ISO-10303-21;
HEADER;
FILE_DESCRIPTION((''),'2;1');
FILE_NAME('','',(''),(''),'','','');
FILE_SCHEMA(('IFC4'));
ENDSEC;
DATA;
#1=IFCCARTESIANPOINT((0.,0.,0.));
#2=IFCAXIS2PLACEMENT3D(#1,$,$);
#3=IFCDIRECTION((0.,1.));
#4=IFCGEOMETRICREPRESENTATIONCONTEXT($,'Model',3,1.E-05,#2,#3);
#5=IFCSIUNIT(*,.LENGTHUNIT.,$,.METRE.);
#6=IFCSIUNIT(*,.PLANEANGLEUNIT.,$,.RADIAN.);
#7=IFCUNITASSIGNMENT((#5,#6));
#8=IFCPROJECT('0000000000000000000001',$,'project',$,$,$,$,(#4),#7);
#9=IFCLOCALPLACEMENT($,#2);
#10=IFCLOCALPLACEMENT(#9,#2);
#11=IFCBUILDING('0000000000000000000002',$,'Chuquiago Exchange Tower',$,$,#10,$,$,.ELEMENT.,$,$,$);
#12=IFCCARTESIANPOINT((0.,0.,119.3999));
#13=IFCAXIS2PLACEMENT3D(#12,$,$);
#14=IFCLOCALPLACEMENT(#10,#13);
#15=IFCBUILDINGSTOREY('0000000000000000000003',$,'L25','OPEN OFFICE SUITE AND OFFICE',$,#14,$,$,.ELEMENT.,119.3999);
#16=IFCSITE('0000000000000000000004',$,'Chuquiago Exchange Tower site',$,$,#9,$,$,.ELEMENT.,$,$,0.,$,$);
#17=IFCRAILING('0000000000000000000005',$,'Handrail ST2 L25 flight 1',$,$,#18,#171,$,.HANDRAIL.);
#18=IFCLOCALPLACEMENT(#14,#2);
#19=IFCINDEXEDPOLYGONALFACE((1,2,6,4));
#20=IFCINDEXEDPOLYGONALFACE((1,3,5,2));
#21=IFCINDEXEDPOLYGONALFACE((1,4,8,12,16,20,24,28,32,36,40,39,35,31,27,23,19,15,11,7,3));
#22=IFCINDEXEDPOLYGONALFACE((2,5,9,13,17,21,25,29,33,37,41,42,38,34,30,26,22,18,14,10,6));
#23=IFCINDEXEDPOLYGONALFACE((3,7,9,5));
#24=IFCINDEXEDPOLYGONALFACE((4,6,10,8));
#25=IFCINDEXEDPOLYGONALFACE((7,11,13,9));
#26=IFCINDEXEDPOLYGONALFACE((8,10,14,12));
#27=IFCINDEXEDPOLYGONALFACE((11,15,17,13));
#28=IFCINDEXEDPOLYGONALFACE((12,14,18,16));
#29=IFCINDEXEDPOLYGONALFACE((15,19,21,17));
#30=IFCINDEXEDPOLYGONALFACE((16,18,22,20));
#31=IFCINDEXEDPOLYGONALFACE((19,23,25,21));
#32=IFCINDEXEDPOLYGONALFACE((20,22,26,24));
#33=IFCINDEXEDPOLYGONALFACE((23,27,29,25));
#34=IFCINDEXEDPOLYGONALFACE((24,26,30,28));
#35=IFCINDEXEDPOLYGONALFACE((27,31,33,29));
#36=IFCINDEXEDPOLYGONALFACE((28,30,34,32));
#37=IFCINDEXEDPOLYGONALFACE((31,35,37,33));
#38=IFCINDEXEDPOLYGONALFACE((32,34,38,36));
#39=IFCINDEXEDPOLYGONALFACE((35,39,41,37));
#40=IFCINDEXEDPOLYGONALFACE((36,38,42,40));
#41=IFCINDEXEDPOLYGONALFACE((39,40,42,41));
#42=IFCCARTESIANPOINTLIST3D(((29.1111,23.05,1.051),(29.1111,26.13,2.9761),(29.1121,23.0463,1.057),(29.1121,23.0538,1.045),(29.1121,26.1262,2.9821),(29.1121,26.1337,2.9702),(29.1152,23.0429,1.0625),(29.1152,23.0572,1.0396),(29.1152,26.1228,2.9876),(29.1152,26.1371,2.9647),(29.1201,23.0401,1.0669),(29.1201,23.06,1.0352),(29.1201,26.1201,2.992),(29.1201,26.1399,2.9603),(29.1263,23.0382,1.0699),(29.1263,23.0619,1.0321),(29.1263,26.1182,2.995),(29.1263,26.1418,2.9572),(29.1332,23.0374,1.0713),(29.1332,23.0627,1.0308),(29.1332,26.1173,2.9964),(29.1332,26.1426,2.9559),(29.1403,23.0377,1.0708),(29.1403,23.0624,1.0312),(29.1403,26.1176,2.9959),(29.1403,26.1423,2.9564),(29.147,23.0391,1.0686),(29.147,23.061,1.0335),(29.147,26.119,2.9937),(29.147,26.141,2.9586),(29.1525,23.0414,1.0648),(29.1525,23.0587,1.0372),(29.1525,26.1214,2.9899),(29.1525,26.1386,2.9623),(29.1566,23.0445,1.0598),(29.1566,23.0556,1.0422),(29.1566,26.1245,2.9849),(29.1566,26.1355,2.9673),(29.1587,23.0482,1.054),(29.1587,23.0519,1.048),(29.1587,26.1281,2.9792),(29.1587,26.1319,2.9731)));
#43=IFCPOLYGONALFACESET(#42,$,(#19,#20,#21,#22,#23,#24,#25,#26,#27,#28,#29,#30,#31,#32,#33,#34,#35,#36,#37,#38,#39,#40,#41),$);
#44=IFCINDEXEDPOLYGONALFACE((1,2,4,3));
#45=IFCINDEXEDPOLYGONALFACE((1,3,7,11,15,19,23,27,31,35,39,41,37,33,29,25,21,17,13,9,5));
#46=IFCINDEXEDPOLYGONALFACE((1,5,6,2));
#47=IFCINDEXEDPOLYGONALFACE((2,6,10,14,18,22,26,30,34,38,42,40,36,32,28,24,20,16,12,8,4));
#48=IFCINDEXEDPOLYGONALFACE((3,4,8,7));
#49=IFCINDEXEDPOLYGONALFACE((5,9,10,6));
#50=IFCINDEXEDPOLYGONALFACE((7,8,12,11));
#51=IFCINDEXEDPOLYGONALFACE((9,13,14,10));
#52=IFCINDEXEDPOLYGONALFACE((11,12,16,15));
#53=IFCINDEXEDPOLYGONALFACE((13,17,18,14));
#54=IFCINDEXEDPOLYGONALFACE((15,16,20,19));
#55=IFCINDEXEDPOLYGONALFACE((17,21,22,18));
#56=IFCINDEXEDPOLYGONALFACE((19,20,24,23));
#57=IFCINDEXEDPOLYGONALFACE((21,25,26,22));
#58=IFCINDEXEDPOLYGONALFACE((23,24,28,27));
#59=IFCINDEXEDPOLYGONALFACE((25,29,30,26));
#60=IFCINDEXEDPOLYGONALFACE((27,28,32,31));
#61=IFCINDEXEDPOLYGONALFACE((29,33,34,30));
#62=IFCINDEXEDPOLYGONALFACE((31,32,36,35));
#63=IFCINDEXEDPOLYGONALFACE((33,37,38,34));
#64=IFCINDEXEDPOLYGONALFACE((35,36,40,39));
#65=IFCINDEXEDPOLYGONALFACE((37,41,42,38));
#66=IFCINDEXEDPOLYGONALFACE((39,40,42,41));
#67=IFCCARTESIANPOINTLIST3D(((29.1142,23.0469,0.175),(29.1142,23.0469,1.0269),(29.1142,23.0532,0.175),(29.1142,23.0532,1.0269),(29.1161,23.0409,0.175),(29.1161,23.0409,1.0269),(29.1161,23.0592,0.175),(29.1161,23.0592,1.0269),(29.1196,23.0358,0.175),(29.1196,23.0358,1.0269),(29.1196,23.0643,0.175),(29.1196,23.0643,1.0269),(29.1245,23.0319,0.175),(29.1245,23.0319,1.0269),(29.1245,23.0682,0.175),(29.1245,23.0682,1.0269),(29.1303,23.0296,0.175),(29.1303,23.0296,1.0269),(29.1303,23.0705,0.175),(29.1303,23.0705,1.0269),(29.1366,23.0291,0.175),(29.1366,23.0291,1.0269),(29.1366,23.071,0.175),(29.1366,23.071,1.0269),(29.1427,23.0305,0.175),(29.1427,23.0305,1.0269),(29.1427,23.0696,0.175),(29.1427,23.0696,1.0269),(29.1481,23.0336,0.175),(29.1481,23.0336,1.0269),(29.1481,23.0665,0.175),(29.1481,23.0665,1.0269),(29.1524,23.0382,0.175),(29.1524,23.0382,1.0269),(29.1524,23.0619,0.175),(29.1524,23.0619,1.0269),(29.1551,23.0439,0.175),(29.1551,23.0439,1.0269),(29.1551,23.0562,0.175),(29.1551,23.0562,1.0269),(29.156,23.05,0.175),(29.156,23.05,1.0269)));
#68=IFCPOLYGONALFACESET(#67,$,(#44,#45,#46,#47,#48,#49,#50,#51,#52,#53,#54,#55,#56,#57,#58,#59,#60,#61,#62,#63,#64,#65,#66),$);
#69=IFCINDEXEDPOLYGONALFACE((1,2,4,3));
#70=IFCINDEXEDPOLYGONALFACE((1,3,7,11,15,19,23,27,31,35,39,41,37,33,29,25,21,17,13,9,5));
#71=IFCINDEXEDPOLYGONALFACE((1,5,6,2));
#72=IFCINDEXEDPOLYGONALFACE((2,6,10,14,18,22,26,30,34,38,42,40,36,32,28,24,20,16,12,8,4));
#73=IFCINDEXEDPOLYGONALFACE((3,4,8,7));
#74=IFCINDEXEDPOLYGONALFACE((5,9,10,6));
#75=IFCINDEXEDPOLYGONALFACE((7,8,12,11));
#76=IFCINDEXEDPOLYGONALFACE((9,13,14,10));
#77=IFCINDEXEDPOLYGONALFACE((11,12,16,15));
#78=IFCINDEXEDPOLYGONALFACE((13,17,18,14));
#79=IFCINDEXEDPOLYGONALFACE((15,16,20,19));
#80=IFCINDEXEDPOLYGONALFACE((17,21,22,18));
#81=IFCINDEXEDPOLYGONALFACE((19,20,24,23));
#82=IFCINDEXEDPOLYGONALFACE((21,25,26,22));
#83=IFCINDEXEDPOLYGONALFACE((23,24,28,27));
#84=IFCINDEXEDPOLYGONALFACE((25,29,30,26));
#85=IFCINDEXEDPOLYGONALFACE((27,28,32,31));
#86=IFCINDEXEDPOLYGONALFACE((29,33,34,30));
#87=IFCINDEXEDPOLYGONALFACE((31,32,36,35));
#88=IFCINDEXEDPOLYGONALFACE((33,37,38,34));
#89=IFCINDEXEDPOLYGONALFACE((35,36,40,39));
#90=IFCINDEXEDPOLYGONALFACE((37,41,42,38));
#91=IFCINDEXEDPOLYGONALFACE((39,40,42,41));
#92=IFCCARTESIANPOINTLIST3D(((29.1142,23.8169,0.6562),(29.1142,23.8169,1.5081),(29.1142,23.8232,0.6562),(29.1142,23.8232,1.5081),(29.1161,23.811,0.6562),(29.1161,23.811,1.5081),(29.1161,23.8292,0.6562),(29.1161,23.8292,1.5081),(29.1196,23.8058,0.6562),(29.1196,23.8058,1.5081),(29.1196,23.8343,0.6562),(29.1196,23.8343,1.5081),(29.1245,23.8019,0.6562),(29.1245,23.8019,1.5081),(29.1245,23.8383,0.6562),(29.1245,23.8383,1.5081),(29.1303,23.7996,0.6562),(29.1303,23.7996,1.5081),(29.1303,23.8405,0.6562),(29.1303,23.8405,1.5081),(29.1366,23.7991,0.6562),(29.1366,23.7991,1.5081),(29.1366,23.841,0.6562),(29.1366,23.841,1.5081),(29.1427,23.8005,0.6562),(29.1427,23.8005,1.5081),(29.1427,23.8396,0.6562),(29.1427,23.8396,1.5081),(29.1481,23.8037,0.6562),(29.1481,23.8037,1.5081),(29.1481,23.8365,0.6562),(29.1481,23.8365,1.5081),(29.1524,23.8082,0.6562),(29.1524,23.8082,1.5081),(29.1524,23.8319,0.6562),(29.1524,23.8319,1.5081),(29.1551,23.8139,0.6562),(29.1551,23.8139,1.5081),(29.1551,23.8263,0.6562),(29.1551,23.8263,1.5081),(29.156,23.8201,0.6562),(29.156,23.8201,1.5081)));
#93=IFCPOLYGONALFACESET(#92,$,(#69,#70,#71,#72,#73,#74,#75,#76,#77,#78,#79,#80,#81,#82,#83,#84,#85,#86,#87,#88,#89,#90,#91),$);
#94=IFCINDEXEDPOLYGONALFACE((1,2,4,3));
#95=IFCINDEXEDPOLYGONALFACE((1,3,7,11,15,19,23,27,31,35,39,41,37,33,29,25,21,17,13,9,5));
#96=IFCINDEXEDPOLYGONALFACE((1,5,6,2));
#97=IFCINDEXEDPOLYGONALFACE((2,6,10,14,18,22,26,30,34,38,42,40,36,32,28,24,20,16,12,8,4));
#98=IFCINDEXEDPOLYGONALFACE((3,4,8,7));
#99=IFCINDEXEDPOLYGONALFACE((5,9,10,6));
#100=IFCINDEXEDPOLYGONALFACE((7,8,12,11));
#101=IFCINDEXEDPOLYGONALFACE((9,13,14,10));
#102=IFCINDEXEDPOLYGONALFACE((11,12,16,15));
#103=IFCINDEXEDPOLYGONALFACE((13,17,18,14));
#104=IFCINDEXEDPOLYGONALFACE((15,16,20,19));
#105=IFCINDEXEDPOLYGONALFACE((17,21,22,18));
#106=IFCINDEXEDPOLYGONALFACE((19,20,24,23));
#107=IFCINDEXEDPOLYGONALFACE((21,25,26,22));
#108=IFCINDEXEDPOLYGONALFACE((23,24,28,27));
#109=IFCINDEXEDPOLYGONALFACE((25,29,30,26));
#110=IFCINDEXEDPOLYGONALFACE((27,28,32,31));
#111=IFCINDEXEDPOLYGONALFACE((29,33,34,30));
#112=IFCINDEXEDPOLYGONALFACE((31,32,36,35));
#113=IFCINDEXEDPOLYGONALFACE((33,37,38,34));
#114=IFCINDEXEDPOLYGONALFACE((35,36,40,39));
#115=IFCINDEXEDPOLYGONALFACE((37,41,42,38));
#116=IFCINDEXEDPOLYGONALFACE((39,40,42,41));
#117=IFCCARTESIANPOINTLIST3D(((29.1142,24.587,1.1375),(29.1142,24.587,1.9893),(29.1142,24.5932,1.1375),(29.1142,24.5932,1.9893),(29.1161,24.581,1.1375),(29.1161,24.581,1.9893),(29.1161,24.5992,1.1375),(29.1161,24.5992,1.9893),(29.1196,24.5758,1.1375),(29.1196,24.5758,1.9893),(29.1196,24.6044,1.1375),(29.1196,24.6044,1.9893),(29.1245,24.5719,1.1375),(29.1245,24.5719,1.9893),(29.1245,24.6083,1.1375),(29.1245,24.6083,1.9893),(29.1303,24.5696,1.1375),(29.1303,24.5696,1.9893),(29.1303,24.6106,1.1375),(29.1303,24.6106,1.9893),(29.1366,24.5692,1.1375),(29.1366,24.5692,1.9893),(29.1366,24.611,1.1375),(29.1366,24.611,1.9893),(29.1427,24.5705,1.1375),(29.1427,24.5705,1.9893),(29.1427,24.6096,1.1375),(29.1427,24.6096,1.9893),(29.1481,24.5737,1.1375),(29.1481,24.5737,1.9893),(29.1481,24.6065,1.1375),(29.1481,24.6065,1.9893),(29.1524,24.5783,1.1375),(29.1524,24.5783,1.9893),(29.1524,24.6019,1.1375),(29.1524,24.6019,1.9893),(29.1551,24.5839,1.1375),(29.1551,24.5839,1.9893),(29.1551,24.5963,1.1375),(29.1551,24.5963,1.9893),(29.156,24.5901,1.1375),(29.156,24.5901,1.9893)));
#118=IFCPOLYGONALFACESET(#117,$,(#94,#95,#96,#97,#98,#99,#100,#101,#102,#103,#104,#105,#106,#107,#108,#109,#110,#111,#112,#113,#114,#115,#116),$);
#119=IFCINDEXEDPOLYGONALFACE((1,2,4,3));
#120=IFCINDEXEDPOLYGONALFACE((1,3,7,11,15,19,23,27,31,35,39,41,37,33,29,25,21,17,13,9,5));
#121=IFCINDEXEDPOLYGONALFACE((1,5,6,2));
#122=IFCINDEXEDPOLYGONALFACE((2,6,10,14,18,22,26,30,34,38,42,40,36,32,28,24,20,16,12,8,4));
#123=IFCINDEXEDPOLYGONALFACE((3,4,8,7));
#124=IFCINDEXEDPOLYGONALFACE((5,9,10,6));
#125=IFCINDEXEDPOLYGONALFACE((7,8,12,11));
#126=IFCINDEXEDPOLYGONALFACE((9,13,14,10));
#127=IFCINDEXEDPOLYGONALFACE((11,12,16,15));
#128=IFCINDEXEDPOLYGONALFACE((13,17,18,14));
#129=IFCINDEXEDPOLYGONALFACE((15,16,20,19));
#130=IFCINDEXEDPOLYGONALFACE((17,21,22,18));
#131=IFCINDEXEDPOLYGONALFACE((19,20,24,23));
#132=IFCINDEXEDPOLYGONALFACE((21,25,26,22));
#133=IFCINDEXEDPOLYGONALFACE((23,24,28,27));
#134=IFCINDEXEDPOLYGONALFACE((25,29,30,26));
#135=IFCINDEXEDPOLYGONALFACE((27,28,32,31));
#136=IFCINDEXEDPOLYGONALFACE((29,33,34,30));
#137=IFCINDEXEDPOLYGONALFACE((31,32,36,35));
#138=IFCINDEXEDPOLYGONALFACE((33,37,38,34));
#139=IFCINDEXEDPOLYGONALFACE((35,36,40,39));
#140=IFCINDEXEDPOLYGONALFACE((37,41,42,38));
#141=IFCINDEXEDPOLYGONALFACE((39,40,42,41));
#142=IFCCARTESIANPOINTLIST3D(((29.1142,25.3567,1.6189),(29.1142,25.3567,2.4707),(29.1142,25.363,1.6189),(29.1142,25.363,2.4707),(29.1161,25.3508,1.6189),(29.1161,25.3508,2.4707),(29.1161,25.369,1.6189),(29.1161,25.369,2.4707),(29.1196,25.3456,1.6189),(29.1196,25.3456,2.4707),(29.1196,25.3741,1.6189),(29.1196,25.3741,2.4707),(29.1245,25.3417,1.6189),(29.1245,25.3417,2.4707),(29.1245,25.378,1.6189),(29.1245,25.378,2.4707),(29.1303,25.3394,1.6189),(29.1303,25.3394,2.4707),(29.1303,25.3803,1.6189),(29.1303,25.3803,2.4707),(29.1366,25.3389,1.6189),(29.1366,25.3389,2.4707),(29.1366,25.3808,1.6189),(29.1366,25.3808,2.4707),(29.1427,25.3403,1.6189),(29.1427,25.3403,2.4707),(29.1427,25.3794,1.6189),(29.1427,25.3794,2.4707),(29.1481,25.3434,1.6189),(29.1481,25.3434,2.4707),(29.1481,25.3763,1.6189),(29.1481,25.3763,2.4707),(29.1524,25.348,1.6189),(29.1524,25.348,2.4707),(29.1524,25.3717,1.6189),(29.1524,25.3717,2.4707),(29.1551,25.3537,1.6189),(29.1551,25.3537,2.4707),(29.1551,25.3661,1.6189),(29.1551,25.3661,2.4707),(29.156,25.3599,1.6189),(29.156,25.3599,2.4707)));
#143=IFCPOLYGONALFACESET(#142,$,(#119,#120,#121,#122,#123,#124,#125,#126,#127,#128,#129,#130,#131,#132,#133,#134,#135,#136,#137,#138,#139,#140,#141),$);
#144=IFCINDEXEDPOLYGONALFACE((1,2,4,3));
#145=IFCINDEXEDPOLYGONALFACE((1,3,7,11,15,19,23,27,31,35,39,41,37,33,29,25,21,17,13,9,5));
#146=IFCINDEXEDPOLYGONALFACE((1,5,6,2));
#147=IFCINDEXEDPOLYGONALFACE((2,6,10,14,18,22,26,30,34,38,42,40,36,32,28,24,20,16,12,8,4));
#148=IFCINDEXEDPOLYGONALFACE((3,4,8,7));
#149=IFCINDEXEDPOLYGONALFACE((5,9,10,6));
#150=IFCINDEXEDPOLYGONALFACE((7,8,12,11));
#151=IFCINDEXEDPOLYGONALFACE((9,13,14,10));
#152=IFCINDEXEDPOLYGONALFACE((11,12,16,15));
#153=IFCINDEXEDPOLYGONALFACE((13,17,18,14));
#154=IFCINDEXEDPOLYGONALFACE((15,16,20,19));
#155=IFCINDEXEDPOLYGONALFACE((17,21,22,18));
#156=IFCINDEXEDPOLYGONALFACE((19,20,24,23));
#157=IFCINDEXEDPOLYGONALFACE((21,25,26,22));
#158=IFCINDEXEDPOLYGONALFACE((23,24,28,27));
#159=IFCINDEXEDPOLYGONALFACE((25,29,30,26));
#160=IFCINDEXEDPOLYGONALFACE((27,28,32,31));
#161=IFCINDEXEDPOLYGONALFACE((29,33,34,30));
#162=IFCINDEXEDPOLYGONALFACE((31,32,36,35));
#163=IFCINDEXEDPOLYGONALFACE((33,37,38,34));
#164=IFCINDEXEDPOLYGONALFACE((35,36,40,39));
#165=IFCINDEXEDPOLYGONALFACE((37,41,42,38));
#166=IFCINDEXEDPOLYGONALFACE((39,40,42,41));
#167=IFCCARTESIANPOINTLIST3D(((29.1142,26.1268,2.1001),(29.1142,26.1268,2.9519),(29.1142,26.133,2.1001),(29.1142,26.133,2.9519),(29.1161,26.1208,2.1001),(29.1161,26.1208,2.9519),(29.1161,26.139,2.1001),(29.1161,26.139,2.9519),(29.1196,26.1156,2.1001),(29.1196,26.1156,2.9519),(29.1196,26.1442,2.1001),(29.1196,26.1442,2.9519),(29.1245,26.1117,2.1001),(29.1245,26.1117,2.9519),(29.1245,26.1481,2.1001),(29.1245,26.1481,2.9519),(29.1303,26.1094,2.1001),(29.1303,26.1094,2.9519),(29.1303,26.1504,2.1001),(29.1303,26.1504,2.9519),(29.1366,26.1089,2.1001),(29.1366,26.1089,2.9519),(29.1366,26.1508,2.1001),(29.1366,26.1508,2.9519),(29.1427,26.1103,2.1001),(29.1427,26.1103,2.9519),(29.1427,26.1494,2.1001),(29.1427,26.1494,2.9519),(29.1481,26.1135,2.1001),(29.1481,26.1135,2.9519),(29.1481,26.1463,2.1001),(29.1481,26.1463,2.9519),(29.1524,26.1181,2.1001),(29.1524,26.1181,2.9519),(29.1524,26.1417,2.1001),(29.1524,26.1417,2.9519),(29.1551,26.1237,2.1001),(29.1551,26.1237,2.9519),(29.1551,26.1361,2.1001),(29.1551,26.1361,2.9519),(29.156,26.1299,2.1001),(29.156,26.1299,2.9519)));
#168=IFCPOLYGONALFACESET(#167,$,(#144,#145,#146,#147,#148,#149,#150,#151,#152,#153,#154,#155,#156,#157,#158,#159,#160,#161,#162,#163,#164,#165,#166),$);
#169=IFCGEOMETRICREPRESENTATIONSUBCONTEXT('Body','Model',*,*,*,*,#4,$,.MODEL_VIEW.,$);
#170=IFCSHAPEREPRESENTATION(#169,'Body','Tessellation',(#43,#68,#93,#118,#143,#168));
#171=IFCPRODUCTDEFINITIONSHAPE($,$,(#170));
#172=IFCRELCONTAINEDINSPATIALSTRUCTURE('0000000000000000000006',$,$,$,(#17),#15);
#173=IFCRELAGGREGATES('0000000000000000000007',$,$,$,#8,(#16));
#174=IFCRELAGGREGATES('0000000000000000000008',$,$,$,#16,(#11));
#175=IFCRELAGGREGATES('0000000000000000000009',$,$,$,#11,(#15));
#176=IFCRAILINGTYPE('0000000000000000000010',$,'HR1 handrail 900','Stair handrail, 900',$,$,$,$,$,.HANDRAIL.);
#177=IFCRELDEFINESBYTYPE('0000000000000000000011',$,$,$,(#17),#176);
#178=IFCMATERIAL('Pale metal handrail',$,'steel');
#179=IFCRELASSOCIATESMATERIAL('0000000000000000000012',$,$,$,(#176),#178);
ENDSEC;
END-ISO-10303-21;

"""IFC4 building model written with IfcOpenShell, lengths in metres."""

from ifc_helpers import new_model, si_unit, direction, frame, origin, origin_2d, place, context, subcontext, project, spatial, circle, extrude, material, type_object, element, save


model = new_model("IFC4")

# Units and contexts
model_context = context("Model", 3, precision=1e-05, world=origin(), true_north=direction((0.0, 1.0)))
body_context = subcontext(model_context, "Body", "Model", "MODEL_VIEW")
ifc_project = project(units=[si_unit("LENGTHUNIT", "METRE"), si_unit("PLANEANGLEUNIT", "RADIAN")], contexts=[model_context])

# Site, building, storey
site_placement = place(None, origin())
site = spatial("IfcSite", under=ifc_project, at=site_placement, Name="Chuquiago Exchange Tower site", CompositionType="ELEMENT", RefElevation=0.0)
building_placement = place(site_placement, origin())
building = spatial("IfcBuilding", under=site, at=building_placement, Name="Chuquiago Exchange Tower", CompositionType="ELEMENT")
storey_placement = place(building_placement, frame((0.0, 0.0, 119.3999)))
storey = spatial("IfcBuildingStorey", under=building, at=storey_placement, Name="L25", Description="OPEN OFFICE SUITE AND OFFICE", CompositionType="ELEMENT", Elevation=119.3999)

# Railing
ifc_material_1 = material(Name="Pale metal handrail", Category="steel")
railing_type = type_object("IfcRailingType", Name="HR1 handrail 900", Description="Stair handrail, 900", PredefinedType="HANDRAIL", material=ifc_material_1)
for number, where, name in (
    (1, (29.135, 23.05, 0.175), "Handrail ST2 L25 flight 1"),
):
    element("IfcRailing", number, at=place(storey_placement, frame(where)), inside=storey, type_object=railing_type, Name=name, PredefinedType="HANDRAIL", context=body_context, shape_type="SweptSolid", body=[
        extrude(circle(Radius=0.0239, at=origin_2d()), frame((0.0, 0.0, 0.876), z_axis=(0.0, 0.847979, 0.530029), x_axis=(-1.0, 0.0, 0.0)), (0.0, 0.0, 1.0), 3.6321),
        extrude(circle(Radius=0.021, at=origin_2d()), origin(), (0.0, 0.0, 1.0), 0.8518),
        extrude(circle(Radius=0.021, at=origin_2d()), frame((0.0, 0.77, 0.4812)), (0.0, 0.0, 1.0), 0.8518),
        extrude(circle(Radius=0.021, at=origin_2d()), frame((0.0, 1.54, 0.9624)), (0.0, 0.0, 1.0), 0.8518),
        extrude(circle(Radius=0.021, at=origin_2d()), frame((0.0, 2.3098, 1.4438)), (0.0, 0.0, 1.0), 0.8518),
        extrude(circle(Radius=0.021, at=origin_2d()), frame((0.0, 3.0798, 1.925)), (0.0, 0.0, 1.0), 0.8518),
    ])

save(model, "model.ifc")
